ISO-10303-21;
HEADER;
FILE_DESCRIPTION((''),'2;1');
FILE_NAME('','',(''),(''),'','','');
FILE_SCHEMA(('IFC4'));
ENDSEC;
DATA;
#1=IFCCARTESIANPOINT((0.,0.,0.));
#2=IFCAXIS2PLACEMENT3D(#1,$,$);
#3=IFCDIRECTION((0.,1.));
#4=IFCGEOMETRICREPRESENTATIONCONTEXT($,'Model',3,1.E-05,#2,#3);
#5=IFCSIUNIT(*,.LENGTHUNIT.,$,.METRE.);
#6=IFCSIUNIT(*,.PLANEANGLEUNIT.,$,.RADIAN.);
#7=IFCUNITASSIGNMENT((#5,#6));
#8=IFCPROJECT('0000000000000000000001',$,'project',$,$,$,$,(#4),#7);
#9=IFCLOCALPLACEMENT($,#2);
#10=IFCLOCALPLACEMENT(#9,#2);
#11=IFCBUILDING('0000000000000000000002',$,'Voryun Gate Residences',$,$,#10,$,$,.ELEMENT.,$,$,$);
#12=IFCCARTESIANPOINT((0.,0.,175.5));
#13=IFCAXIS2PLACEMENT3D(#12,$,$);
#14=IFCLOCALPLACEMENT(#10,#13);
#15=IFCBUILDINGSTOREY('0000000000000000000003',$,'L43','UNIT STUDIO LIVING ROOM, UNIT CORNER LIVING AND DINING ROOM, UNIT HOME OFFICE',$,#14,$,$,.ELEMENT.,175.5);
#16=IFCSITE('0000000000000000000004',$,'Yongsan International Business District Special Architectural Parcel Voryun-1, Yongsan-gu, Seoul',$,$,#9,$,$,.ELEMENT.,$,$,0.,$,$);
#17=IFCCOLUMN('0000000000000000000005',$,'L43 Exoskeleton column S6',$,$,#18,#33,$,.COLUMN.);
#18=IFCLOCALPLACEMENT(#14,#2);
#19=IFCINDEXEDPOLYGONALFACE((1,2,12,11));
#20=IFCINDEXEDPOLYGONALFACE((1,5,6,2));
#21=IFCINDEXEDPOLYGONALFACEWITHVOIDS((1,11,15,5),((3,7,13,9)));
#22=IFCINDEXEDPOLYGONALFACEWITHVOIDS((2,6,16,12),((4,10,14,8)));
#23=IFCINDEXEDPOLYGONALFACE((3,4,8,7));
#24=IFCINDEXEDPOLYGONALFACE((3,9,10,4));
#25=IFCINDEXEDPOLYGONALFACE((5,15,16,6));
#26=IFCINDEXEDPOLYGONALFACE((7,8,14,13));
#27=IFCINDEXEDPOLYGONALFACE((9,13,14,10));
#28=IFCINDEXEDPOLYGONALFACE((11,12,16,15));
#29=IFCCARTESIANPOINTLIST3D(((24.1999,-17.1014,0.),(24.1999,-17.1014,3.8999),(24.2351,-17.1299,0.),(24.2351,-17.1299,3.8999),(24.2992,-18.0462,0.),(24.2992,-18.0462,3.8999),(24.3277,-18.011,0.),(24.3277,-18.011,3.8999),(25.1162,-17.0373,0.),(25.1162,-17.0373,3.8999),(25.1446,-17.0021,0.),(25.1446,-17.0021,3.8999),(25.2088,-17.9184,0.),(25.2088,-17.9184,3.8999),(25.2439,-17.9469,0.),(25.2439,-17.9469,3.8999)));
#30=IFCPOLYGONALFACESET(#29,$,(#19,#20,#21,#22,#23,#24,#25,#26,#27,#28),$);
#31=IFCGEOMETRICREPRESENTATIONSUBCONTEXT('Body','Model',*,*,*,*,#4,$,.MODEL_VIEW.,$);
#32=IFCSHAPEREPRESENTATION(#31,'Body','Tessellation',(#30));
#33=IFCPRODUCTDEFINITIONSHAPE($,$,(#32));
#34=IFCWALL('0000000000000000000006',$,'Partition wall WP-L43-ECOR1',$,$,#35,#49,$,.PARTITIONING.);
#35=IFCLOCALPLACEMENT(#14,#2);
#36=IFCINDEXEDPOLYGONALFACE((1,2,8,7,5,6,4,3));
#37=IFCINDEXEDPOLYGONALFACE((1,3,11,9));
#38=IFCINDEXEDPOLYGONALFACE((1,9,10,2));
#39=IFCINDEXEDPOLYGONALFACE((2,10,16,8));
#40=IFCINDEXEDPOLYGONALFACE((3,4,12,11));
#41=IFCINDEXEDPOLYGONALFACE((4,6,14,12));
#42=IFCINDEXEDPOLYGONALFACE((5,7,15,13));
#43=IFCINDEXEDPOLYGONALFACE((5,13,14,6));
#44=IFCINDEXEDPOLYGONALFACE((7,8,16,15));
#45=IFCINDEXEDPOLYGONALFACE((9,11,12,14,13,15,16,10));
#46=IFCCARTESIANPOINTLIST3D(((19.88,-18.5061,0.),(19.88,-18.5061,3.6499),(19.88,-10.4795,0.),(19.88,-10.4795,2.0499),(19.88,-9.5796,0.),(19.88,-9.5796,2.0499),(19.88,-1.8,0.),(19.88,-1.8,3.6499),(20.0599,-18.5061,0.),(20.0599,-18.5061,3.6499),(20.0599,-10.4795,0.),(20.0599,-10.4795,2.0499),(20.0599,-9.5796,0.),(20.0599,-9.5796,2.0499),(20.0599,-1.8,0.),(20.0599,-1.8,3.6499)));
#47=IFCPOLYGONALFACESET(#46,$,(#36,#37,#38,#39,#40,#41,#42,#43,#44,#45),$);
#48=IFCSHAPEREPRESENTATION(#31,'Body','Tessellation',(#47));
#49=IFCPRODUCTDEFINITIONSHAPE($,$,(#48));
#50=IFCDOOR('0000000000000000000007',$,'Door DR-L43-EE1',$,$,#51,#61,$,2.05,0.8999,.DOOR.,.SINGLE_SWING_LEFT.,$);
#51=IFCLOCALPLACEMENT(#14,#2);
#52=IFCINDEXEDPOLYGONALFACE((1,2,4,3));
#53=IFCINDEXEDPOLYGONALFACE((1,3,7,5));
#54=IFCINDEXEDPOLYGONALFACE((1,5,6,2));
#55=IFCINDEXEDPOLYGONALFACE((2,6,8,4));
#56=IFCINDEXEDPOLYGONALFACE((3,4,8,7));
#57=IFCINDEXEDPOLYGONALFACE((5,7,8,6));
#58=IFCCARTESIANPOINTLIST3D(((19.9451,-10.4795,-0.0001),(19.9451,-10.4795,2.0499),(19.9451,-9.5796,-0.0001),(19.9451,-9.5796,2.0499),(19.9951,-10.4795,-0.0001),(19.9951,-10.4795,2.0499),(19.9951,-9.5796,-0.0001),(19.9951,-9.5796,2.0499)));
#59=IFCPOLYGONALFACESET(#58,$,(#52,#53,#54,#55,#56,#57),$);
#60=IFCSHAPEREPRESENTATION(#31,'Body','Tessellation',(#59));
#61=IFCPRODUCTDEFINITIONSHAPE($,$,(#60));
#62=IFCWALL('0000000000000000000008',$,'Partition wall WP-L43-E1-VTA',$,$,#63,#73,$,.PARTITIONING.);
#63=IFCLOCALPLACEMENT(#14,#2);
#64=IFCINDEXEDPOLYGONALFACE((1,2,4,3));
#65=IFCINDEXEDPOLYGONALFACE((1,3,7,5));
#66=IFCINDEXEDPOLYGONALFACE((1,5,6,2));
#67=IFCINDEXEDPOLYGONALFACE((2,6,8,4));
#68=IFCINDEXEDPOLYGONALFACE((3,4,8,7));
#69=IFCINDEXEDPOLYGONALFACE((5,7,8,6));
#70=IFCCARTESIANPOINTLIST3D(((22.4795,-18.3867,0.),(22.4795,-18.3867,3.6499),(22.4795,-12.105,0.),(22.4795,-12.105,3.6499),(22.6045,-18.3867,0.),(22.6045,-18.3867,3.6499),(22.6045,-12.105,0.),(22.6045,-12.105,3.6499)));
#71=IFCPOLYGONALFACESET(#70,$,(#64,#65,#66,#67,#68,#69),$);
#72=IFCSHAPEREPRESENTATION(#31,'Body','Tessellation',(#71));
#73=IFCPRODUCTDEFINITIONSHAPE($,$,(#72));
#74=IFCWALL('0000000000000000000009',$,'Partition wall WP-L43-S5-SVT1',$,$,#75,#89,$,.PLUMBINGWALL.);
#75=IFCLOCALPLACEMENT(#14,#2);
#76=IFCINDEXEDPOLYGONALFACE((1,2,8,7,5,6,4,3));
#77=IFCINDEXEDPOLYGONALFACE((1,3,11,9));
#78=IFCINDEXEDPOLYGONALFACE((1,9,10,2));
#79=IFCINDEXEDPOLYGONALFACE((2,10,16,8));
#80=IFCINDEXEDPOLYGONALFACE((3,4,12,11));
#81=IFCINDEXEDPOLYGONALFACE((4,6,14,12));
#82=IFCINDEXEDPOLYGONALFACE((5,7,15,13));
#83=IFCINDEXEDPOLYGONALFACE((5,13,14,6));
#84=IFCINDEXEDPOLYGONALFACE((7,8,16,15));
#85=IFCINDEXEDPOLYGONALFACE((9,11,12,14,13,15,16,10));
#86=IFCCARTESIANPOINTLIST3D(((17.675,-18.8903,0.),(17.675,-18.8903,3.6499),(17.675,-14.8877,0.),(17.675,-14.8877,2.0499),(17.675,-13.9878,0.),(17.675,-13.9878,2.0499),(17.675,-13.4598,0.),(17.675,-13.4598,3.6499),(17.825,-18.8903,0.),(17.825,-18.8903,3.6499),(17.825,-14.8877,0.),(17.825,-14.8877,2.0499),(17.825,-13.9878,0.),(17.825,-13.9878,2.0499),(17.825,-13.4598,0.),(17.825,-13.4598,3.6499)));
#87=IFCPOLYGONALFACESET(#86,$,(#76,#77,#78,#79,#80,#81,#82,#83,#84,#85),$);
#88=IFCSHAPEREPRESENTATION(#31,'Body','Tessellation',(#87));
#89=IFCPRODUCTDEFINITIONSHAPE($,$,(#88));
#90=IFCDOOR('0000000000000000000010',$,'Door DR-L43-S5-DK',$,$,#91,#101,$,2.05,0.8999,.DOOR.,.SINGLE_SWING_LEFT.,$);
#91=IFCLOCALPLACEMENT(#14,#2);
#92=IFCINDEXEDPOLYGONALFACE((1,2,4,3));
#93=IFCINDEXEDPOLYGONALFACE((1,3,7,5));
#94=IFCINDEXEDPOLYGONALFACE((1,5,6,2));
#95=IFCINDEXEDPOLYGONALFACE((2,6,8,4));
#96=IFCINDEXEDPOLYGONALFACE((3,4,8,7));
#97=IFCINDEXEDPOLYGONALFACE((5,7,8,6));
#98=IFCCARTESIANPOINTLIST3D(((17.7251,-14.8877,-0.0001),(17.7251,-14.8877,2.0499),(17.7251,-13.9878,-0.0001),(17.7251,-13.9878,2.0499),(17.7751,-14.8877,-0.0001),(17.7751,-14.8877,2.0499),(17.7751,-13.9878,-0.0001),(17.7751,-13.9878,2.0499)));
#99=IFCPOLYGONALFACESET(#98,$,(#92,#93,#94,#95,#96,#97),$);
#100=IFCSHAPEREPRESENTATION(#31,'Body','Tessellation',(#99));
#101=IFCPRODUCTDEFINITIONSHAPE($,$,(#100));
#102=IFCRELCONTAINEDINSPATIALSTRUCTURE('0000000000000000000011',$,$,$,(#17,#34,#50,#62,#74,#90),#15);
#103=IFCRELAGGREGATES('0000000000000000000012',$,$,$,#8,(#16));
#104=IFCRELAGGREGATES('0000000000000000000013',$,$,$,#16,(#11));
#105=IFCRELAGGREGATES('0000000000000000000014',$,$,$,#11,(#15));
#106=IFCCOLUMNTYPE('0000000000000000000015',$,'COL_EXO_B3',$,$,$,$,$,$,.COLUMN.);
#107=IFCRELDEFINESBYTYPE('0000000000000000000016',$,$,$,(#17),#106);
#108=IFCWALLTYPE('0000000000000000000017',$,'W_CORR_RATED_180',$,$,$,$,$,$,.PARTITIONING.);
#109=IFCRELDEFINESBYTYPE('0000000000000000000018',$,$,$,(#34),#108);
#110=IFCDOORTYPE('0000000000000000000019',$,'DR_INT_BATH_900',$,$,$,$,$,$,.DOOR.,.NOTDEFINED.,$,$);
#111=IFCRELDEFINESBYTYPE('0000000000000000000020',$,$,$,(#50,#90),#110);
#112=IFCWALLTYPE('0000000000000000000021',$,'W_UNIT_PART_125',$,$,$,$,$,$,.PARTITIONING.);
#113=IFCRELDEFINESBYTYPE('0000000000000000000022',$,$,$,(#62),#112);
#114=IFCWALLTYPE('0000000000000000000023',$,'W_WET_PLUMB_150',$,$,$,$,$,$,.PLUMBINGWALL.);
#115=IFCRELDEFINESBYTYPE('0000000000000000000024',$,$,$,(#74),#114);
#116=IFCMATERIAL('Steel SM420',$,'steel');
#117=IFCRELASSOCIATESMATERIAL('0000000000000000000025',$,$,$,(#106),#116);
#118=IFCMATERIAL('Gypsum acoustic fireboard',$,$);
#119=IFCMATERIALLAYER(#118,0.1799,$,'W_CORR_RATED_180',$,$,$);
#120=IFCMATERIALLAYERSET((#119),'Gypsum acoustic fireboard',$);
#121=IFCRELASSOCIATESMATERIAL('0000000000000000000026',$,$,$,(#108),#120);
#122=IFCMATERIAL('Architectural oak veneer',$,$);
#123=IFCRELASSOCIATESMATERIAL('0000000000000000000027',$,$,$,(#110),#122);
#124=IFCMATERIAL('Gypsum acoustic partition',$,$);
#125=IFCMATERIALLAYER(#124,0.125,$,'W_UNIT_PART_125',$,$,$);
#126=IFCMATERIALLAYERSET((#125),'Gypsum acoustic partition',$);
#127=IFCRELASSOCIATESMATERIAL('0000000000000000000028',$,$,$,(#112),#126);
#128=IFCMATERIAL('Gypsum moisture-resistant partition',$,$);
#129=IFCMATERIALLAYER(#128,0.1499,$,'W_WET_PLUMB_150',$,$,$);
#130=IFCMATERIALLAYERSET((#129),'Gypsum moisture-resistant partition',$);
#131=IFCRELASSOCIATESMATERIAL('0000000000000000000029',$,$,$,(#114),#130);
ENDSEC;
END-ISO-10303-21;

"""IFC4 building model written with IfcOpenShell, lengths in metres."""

from ifc_helpers import new_model, si_unit, direction, frame, frame_2d, origin, origin_2d, place, context, subcontext, project, spatial, rectangle, hollow_rectangle, extrude, material, layer, layer_set, material_profile, profile_set, type_object, element, fill, save


model = new_model("IFC4")

# Units and contexts
model_context = context("Model", 3, precision=1e-05, world=origin(), true_north=direction((0.0, 1.0)))
body_context = subcontext(model_context, "Body", "Model", "MODEL_VIEW")
ifc_project = project(units=[si_unit("LENGTHUNIT", "METRE"), si_unit("PLANEANGLEUNIT", "RADIAN")], contexts=[model_context])

# Site, building, storey
site_placement = place(None, origin())
site = spatial("IfcSite", under=ifc_project, at=site_placement, Name="Yongsan International Business District Special Architectural Parcel Voryun-1, Yongsan-gu, Seoul", CompositionType="ELEMENT", RefElevation=0.0)
building_placement = place(site_placement, origin())
building = spatial("IfcBuilding", under=site, at=building_placement, Name="Voryun Gate Residences", CompositionType="ELEMENT")
storey_placement = place(building_placement, frame((0.0, 0.0, 175.5)))
storey = spatial("IfcBuildingStorey", under=building, at=storey_placement, Name="L43", Description="UNIT STUDIO LIVING ROOM, UNIT CORNER LIVING AND DINING ROOM, UNIT HOME OFFICE", CompositionType="ELEMENT", Elevation=175.5)

# Column
ifc_material_1 = material(Name="Steel SM420", Category="steel")
ifc_material_profile = material_profile(ifc_material_1, hollow_rectangle(XDim=0.95, YDim=0.95, WallThickness=0.032, at=origin_2d()), Name="BOX-950x950x32")
ifc_profile_set = profile_set([ifc_material_profile], Name="Steel SM420")
column_type = type_object("IfcColumnType", Name="COL_EXO_B3", PredefinedType="COLUMN", material=ifc_profile_set)
column_placement = place(storey_placement, frame((24.7219, -17.5242, 0.0), z_axis=(0.0, 0.0, 1.0), x_axis=(0.994522, 0.104528, 0.0)))
element("IfcColumn", 1, at=column_placement, inside=storey, type_object=column_type, Name="L43 Exoskeleton column S6", PredefinedType="COLUMN", context=body_context, shape_type="SweptSolid", body=[
    extrude(hollow_rectangle(XDim=0.95, YDim=0.95, WallThickness=0.032, at=origin_2d()), origin(), (0.0, 0.0, 1.0), 3.8999),
])

# Wall, opening, door
ifc_material_2 = material(Name="Gypsum acoustic fireboard")
ifc_layer_1 = layer(ifc_material_2, 0.1799, Name="W_CORR_RATED_180")
ifc_layer_set_1 = layer_set([ifc_layer_1], Name="Gypsum acoustic fireboard")
wall_type_1 = type_object("IfcWallType", Name="W_CORR_RATED_180", PredefinedType="PARTITIONING", material=ifc_layer_set_1)
wall_1_placement = place(storey_placement, frame((19.97, -18.5061, 0.0), z_axis=(0.0, 0.0, 1.0), x_axis=(0.0, 1.0, 0.0)))
wall_1 = element("IfcWall", 2, at=wall_1_placement, inside=storey, type_object=wall_type_1, Name="Partition wall WP-L43-ECOR1", PredefinedType="PARTITIONING", context=body_context, shape_type="SweptSolid", body=[
    extrude(rectangle(XDim=16.7061, YDim=0.1799, at=frame_2d((8.353, 0.0))), origin(), (0.0, 0.0, 1.0), 3.6499),
])
opening_1_placement = place(wall_1_placement, frame((8.0266, 0.0, 0.0)))
opening_1 = element("IfcOpeningElement", 3, at=opening_1_placement, cuts=wall_1, PredefinedType="OPENING", context=body_context, shape_type="SweptSolid", body=[
    extrude(rectangle(XDim=0.8999, YDim=2.05, at=frame_2d((0.45, 1.0249))), frame((0.0, 0.0999, 0.0), z_axis=(0.0, -1.0, 0.0), x_axis=(1.0, 0.0, 0.0)), (0.0, 0.0, 1.0), 0.2),
])
ifc_material_3 = material(Name="Architectural oak veneer")
door_type = type_object("IfcDoorType", Name="DR_INT_BATH_900", OperationType="NOTDEFINED", PredefinedType="DOOR", material=ifc_material_3)
door_1_placement = place(opening_1_placement, origin())
door_1 = element("IfcDoor", 4, at=door_1_placement, inside=storey, type_object=door_type, Name="Door DR-L43-EE1", OperationType="SINGLE_SWING_LEFT", OverallHeight=2.05, OverallWidth=0.8999, PredefinedType="DOOR", context=body_context, shape_type="SweptSolid", body=[
    extrude(rectangle(XDim=0.8999, YDim=2.05, at=frame_2d((0.45, 1.0249))), frame((0.0, 0.0249, 0.0), z_axis=(0.0, -1.0, 0.0), x_axis=(1.0, 0.0, 0.0)), (0.0, 0.0, 1.0), 0.05),
])
fill(opening_1, door_1)

# Wall
ifc_material_4 = material(Name="Gypsum acoustic partition")
ifc_layer_2 = layer(ifc_material_4, 0.125, Name="W_UNIT_PART_125")
ifc_layer_set_2 = layer_set([ifc_layer_2], Name="Gypsum acoustic partition")
wall_type_2 = type_object("IfcWallType", Name="W_UNIT_PART_125", PredefinedType="PARTITIONING", material=ifc_layer_set_2)
wall_2_placement = place(storey_placement, frame((22.542, -18.3867, 0.0), z_axis=(0.0, 0.0, 1.0), x_axis=(0.0, 1.0, 0.0)))
element("IfcWall", 5, at=wall_2_placement, inside=storey, type_object=wall_type_2, Name="Partition wall WP-L43-E1-VTA", PredefinedType="PARTITIONING", context=body_context, shape_type="SweptSolid", body=[
    extrude(rectangle(XDim=6.2817, YDim=0.125, at=frame_2d((3.1409, 0.0))), origin(), (0.0, 0.0, 1.0), 3.6499),
])

# Wall, opening, door
ifc_material_5 = material(Name="Gypsum moisture-resistant partition")
ifc_layer_3 = layer(ifc_material_5, 0.1499, Name="W_WET_PLUMB_150")
ifc_layer_set_3 = layer_set([ifc_layer_3], Name="Gypsum moisture-resistant partition")
wall_type_3 = type_object("IfcWallType", Name="W_WET_PLUMB_150", PredefinedType="PLUMBINGWALL", material=ifc_layer_set_3)
wall_3_placement = place(storey_placement, frame((17.75, -18.8904, 0.0), z_axis=(0.0, 0.0, 1.0), x_axis=(0.0, 1.0, 0.0)))
wall_3 = element("IfcWall", 6, at=wall_3_placement, inside=storey, type_object=wall_type_3, Name="Partition wall WP-L43-S5-SVT1", PredefinedType="PLUMBINGWALL", context=body_context, shape_type="SweptSolid", body=[
    extrude(rectangle(XDim=5.4304, YDim=0.1499, at=frame_2d((2.7153, 0.0))), origin(), (0.0, 0.0, 1.0), 3.6499),
])
opening_2_placement = place(wall_3_placement, frame((4.0027, 0.0, 0.0)))
opening_2 = element("IfcOpeningElement", 7, at=opening_2_placement, cuts=wall_3, PredefinedType="OPENING", context=body_context, shape_type="SweptSolid", body=[
    extrude(rectangle(XDim=0.8999, YDim=2.05, at=frame_2d((0.45, 1.0249))), frame((0.0, 0.085, 0.0), z_axis=(0.0, -1.0, 0.0), x_axis=(1.0, 0.0, 0.0)), (0.0, 0.0, 1.0), 0.1699),
])
door_2_placement = place(opening_2_placement, origin())
door_2 = element("IfcDoor", 8, at=door_2_placement, inside=storey, type_object=door_type, Name="Door DR-L43-S5-DK", OperationType="SINGLE_SWING_LEFT", OverallHeight=2.05, OverallWidth=0.8999, PredefinedType="DOOR", context=body_context, shape_type="SweptSolid", body=[
    extrude(rectangle(XDim=0.8999, YDim=2.05, at=frame_2d((0.45, 1.0249))), frame((0.0, 0.0249, 0.0), z_axis=(0.0, -1.0, 0.0), x_axis=(1.0, 0.0, 0.0)), (0.0, 0.0, 1.0), 0.05),
])
fill(opening_2, door_2)

save(model, "model.ifc")
